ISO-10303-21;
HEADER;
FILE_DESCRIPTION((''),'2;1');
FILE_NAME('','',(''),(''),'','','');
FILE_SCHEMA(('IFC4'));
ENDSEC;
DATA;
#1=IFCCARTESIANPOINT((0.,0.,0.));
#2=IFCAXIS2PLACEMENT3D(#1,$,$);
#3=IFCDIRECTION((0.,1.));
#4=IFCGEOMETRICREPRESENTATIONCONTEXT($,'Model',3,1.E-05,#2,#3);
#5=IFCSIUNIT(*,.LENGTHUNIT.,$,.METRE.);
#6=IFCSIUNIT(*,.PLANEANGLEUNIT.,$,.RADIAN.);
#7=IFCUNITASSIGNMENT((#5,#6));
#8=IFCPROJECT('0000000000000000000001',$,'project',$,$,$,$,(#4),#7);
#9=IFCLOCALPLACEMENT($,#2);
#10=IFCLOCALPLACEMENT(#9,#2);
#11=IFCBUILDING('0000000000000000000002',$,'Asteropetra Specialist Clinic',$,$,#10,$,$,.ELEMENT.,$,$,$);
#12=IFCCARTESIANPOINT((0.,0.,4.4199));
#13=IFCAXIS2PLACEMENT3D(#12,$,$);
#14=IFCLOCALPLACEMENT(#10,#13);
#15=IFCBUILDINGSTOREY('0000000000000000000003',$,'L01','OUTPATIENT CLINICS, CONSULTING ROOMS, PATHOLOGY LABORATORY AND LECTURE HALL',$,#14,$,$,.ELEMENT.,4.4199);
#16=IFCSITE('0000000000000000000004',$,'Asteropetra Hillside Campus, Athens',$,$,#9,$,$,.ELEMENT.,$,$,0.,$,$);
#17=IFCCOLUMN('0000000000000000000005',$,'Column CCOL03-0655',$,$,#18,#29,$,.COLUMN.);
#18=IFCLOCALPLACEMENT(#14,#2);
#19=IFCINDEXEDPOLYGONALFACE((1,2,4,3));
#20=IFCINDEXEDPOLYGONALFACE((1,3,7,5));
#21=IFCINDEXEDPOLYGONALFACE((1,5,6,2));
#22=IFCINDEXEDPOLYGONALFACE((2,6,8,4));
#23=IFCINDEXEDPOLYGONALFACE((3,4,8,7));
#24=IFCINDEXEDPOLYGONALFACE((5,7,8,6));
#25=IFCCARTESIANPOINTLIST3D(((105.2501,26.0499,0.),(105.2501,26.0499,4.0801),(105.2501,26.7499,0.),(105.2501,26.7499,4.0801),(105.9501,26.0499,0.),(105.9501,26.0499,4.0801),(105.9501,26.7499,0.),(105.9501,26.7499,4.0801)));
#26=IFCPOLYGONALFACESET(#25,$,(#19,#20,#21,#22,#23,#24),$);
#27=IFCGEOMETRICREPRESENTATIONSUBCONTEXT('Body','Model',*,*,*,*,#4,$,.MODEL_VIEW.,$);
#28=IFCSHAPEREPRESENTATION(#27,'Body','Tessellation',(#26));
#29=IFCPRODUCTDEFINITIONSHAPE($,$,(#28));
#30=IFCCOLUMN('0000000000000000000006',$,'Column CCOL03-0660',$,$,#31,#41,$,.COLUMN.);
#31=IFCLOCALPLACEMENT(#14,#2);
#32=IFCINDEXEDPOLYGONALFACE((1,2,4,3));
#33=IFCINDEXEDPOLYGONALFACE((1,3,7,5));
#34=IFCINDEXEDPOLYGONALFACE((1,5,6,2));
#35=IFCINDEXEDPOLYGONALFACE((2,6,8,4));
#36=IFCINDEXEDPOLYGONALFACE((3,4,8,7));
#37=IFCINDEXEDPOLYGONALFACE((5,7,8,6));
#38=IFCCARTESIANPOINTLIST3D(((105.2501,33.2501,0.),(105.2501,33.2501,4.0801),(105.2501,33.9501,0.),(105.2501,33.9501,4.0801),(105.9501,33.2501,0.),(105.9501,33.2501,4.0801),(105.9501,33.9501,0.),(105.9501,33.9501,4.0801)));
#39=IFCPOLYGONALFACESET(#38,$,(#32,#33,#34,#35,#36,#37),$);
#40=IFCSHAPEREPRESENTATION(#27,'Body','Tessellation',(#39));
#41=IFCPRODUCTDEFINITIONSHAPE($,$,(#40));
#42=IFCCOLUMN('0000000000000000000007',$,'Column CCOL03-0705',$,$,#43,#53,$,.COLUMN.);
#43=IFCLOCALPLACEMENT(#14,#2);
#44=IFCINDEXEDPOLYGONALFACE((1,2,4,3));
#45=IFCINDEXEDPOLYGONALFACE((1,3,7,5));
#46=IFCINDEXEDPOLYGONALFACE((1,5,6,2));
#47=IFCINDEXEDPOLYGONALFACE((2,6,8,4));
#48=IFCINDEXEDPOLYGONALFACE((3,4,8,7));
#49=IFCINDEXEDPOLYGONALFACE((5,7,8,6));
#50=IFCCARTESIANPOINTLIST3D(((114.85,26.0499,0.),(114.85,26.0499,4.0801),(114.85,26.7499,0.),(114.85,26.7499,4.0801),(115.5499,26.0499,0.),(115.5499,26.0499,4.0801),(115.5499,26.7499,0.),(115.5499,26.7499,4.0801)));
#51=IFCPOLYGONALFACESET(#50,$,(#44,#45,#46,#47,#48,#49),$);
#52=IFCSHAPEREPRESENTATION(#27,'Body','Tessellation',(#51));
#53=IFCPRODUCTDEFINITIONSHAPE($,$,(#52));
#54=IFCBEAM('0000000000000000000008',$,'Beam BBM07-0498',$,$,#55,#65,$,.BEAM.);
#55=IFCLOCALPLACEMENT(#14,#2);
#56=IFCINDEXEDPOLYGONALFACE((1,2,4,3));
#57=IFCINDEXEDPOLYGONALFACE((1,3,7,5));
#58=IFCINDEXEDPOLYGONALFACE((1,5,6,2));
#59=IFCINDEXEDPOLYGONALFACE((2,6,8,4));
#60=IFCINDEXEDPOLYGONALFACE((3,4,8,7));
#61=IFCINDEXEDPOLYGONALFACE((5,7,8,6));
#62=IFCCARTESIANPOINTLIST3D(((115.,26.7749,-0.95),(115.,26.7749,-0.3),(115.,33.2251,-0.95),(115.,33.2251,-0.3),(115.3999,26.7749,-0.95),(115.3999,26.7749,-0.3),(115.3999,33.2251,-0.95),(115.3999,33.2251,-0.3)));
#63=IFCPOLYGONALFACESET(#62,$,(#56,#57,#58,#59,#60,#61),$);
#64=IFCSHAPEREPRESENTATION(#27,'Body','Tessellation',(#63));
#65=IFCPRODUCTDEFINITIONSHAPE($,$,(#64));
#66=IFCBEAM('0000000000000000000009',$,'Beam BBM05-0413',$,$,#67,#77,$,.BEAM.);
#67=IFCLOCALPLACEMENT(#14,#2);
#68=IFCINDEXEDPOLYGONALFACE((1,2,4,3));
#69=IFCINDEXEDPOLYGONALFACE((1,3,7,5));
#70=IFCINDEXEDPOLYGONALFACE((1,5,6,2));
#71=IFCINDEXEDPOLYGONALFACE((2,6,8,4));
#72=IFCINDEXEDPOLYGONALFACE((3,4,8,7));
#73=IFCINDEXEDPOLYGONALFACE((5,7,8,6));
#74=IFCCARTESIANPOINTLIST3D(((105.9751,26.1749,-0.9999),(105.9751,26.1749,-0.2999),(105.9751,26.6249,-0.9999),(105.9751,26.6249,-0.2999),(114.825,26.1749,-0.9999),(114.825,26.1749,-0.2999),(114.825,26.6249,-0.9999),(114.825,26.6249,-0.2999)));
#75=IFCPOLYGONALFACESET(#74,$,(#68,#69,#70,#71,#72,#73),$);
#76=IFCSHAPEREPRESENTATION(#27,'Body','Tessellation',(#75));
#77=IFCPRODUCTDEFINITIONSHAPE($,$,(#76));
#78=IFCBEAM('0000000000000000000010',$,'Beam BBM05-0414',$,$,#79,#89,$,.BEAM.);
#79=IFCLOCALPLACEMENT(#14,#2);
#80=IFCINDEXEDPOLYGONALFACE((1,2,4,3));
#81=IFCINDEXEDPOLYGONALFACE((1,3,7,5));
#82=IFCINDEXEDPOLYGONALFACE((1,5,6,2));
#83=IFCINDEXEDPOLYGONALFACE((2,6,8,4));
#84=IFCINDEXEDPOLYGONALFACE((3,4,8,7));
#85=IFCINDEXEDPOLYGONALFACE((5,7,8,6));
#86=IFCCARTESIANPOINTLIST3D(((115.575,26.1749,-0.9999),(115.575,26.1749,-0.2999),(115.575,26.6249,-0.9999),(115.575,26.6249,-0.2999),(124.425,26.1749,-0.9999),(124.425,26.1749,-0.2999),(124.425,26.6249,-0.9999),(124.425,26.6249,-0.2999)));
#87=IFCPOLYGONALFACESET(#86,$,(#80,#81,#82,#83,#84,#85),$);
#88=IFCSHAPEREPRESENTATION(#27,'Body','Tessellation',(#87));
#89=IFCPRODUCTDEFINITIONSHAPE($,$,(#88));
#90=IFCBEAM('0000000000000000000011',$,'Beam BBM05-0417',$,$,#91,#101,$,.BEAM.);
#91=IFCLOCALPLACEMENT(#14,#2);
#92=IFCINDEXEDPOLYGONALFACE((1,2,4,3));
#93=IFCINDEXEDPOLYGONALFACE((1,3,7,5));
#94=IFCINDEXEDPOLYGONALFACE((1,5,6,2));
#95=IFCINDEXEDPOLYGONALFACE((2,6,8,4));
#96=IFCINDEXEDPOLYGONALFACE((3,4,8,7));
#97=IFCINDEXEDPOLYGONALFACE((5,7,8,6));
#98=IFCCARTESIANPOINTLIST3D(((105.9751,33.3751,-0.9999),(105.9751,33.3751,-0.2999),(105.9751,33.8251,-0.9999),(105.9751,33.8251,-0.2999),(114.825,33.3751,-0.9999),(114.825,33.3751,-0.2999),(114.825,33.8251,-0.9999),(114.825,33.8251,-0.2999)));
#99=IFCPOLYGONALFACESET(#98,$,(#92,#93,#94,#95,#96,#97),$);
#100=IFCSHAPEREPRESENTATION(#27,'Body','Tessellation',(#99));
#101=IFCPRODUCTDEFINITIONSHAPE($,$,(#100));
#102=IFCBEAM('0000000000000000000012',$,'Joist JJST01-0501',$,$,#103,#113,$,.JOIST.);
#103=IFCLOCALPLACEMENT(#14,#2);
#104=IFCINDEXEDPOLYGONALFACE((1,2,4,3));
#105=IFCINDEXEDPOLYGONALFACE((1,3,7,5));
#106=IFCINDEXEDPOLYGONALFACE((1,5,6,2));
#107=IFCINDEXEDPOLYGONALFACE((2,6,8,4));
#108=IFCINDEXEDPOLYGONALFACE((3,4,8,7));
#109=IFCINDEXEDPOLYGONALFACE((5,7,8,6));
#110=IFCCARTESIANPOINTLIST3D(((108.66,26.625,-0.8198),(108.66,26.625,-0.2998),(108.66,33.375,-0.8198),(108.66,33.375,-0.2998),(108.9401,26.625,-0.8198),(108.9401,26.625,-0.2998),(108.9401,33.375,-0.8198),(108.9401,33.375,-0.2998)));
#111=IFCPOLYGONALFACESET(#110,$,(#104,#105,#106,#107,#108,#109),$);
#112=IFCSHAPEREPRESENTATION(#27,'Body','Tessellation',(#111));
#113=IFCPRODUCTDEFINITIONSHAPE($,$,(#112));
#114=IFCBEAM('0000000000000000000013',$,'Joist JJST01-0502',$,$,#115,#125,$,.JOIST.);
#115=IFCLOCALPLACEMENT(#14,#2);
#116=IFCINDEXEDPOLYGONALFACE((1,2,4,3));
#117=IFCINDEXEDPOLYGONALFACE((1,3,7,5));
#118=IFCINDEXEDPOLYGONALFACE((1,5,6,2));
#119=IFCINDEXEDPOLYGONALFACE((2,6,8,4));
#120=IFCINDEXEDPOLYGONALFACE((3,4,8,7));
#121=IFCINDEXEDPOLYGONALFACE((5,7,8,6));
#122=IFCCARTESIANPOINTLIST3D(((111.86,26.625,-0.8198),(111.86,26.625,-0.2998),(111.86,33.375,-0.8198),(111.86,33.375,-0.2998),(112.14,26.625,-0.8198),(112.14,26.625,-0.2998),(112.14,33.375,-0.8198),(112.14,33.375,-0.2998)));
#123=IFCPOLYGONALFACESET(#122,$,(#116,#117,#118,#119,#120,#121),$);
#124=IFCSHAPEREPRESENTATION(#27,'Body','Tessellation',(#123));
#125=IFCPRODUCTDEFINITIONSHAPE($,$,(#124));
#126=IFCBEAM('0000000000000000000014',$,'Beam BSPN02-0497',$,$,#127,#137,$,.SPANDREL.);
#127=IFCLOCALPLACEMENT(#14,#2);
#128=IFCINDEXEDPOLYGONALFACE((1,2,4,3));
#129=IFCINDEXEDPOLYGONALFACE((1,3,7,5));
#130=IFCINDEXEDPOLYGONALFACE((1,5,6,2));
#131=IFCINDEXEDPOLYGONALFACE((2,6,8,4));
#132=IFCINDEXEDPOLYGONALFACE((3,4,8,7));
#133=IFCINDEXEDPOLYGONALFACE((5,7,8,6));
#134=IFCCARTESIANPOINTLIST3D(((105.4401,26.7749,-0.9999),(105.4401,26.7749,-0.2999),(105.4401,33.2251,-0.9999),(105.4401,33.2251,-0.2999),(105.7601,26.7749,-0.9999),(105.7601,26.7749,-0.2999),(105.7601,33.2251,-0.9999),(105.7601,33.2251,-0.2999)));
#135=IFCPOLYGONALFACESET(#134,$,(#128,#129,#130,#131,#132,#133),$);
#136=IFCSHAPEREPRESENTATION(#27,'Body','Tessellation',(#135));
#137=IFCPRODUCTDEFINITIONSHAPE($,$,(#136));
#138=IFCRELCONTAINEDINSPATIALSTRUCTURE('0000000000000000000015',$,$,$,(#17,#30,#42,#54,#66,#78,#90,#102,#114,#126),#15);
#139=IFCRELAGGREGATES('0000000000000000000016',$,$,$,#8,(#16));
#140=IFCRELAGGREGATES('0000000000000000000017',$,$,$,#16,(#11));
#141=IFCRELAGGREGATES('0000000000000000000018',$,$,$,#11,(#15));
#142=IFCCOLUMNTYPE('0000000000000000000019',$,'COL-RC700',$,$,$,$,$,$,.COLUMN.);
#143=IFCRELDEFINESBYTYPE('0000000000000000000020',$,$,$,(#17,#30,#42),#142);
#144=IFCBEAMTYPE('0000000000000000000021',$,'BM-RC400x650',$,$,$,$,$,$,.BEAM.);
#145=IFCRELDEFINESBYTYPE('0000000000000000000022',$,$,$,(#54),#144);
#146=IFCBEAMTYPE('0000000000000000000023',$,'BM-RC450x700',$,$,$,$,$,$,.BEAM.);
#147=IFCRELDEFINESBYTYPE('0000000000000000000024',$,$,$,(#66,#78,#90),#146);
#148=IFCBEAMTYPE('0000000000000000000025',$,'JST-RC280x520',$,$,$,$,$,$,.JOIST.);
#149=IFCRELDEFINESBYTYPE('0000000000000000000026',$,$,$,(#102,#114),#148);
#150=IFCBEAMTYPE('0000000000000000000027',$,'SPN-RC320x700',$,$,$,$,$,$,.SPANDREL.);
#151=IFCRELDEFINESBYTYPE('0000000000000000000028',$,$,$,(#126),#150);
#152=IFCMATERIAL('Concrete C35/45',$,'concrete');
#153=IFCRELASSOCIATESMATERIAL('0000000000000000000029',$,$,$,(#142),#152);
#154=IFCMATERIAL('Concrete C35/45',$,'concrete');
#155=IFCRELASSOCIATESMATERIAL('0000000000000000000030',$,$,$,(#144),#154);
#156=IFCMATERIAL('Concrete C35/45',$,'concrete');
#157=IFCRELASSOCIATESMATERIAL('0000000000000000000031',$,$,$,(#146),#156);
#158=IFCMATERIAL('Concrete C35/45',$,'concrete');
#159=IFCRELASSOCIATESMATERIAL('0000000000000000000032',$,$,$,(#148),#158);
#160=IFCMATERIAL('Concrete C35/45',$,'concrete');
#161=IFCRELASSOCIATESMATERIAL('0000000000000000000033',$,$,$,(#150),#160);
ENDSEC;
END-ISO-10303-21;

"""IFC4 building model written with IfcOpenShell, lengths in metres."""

from ifc_helpers import new_model, si_unit, direction, frame, origin, origin_2d, place, context, subcontext, project, spatial, rectangle, extrude, material, material_profile, profile_set, type_object, element, save


model = new_model("IFC4")

# Units and contexts
model_context = context("Model", 3, precision=1e-05, world=origin(), true_north=direction((0.0, 1.0)))
body_context = subcontext(model_context, "Body", "Model", "MODEL_VIEW")
ifc_project = project(units=[si_unit("LENGTHUNIT", "METRE"), si_unit("PLANEANGLEUNIT", "RADIAN")], contexts=[model_context])

# Site, building, storey
site_placement = place(None, origin())
site = spatial("IfcSite", under=ifc_project, at=site_placement, Name="Asteropetra Hillside Campus, Athens", CompositionType="ELEMENT", RefElevation=0.0)
building_placement = place(site_placement, origin())
building = spatial("IfcBuilding", under=site, at=building_placement, Name="Asteropetra Specialist Clinic", CompositionType="ELEMENT")
storey_placement = place(building_placement, frame((0.0, 0.0, 4.4199)))
storey = spatial("IfcBuildingStorey", under=building, at=storey_placement, Name="L01", Description="OUTPATIENT CLINICS, CONSULTING ROOMS, PATHOLOGY LABORATORY AND LECTURE HALL", CompositionType="ELEMENT", Elevation=4.4199)

# Columns
ifc_material_1 = material(Name="Concrete C35/45", Category="concrete")
ifc_material_profile_1 = material_profile(ifc_material_1, rectangle(XDim=0.7, YDim=0.7, at=origin_2d()), Name="RC 700x700")
ifc_profile_set_1 = profile_set([ifc_material_profile_1], Name="Concrete C35/45")
column_type = type_object("IfcColumnType", Name="COL-RC700", PredefinedType="COLUMN", material=ifc_profile_set_1)
for number, where, z_axis, x_axis, name in (
    (1, (105.6001, 26.3999, 0.0), (0.0, 0.0, 1.0), (1.0, 0.0, 0.0), "Column CCOL03-0655"),
    (2, (105.6001, 33.6001, 0.0), (0.0, 0.0, 1.0), (1.0, 0.0, 0.0), "Column CCOL03-0660"),
    (3, (115.2, 26.3999, 0.0), (0.0, 0.0, 1.0), (1.0, 0.0, 0.0), "Column CCOL03-0705"),
):
    element("IfcColumn", number, at=place(storey_placement, frame(where, z_axis=z_axis, x_axis=x_axis)), inside=storey, type_object=column_type, Name=name, PredefinedType="COLUMN", context=body_context, shape_type="SweptSolid", body=[
        extrude(rectangle(XDim=0.7, YDim=0.7, at=origin_2d()), origin(), (0.0, 0.0, 1.0), 4.0801),
    ])

# Beams
ifc_material_2 = material(Name="Concrete C35/45", Category="concrete")
ifc_material_profile_2 = material_profile(ifc_material_2, rectangle(XDim=0.3999, YDim=0.6499, at=origin_2d()), Name="RCB 400x650")
ifc_profile_set_2 = profile_set([ifc_material_profile_2], Name="Concrete C35/45")
beam_type_1 = type_object("IfcBeamType", Name="BM-RC400x650", PredefinedType="BEAM", material=ifc_profile_set_2)
beam_1_placement = place(storey_placement, frame((115.2, 26.7749, -0.625), z_axis=(0.0, 1.0, 0.0), x_axis=(-1.0, 0.0, 0.0)))
element("IfcBeam", 4, at=beam_1_placement, inside=storey, type_object=beam_type_1, Name="Beam BBM07-0498", PredefinedType="BEAM", context=body_context, shape_type="SweptSolid", body=[
    extrude(rectangle(XDim=0.3999, YDim=0.6499, at=origin_2d()), origin(), (0.0, 0.0, 1.0), 6.4502),
])
ifc_material_3 = material(Name="Concrete C35/45", Category="concrete")
ifc_material_profile_3 = material_profile(ifc_material_3, rectangle(XDim=0.45, YDim=0.7, at=origin_2d()), Name="RCB 450x700")
ifc_profile_set_3 = profile_set([ifc_material_profile_3], Name="Concrete C35/45")
beam_type_2 = type_object("IfcBeamType", Name="BM-RC450x700", PredefinedType="BEAM", material=ifc_profile_set_3)
beam_2_placement = place(storey_placement, frame((105.9751, 26.3999, -0.6499), z_axis=(1.0, 0.0, 0.0), x_axis=(0.0, 1.0, 0.0)))
element("IfcBeam", 5, at=beam_2_placement, inside=storey, type_object=beam_type_2, Name="Beam BBM05-0413", PredefinedType="BEAM", context=body_context, shape_type="SweptSolid", body=[
    extrude(rectangle(XDim=0.45, YDim=0.7, at=origin_2d()), origin(), (0.0, 0.0, 1.0), 8.8499),
])
beam_3_placement = place(storey_placement, frame((115.575, 26.3999, -0.6499), z_axis=(1.0, 0.0, 0.0), x_axis=(0.0, 1.0, 0.0)))
element("IfcBeam", 6, at=beam_3_placement, inside=storey, type_object=beam_type_2, Name="Beam BBM05-0414", PredefinedType="BEAM", context=body_context, shape_type="SweptSolid", body=[
    extrude(rectangle(XDim=0.45, YDim=0.7, at=origin_2d()), origin(), (0.0, 0.0, 1.0), 8.8501),
])
beam_4_placement = place(storey_placement, frame((105.9751, 33.6001, -0.6499), z_axis=(1.0, 0.0, 0.0), x_axis=(0.0, 1.0, 0.0)))
element("IfcBeam", 7, at=beam_4_placement, inside=storey, type_object=beam_type_2, Name="Beam BBM05-0417", PredefinedType="BEAM", context=body_context, shape_type="SweptSolid", body=[
    extrude(rectangle(XDim=0.45, YDim=0.7, at=origin_2d()), origin(), (0.0, 0.0, 1.0), 8.8499),
])
ifc_material_4 = material(Name="Concrete C35/45", Category="concrete")
ifc_material_profile_4 = material_profile(ifc_material_4, rectangle(XDim=0.28, YDim=0.52, at=origin_2d()), Name="RCJ 280x520")
ifc_profile_set_4 = profile_set([ifc_material_profile_4], Name="Concrete C35/45")
beam_type_3 = type_object("IfcBeamType", Name="JST-RC280x520", PredefinedType="JOIST", material=ifc_profile_set_4)
for number, where, z_axis, x_axis, name in (
    (8, (108.8, 26.625, -0.5598), (0.0, 1.0, 0.0), (-1.0, 0.0, 0.0), "Joist JJST01-0501"),
    (9, (112.0, 26.625, -0.5598), (0.0, 1.0, 0.0), (-1.0, 0.0, 0.0), "Joist JJST01-0502"),
):
    element("IfcBeam", number, at=place(storey_placement, frame(where, z_axis=z_axis, x_axis=x_axis)), inside=storey, type_object=beam_type_3, Name=name, PredefinedType="JOIST", context=body_context, shape_type="SweptSolid", body=[
        extrude(rectangle(XDim=0.28, YDim=0.52, at=origin_2d()), origin(), (0.0, 0.0, 1.0), 6.75),
    ])
ifc_material_5 = material(Name="Concrete C35/45", Category="concrete")
ifc_material_profile_5 = material_profile(ifc_material_5, rectangle(XDim=0.3201, YDim=0.7, at=origin_2d()), Name="RCS 320x700")
ifc_profile_set_5 = profile_set([ifc_material_profile_5], Name="Concrete C35/45")
beam_type_4 = type_object("IfcBeamType", Name="SPN-RC320x700", PredefinedType="SPANDREL", material=ifc_profile_set_5)
beam_5_placement = place(storey_placement, frame((105.6001, 26.7749, -0.6499), z_axis=(0.0, 1.0, 0.0), x_axis=(-1.0, 0.0, 0.0)))
element("IfcBeam", 10, at=beam_5_placement, inside=storey, type_object=beam_type_4, Name="Beam BSPN02-0497", PredefinedType="SPANDREL", context=body_context, shape_type="SweptSolid", body=[
    extrude(rectangle(XDim=0.3201, YDim=0.7, at=origin_2d()), origin(), (0.0, 0.0, 1.0), 6.4502),
])

save(model, "model.ifc")
